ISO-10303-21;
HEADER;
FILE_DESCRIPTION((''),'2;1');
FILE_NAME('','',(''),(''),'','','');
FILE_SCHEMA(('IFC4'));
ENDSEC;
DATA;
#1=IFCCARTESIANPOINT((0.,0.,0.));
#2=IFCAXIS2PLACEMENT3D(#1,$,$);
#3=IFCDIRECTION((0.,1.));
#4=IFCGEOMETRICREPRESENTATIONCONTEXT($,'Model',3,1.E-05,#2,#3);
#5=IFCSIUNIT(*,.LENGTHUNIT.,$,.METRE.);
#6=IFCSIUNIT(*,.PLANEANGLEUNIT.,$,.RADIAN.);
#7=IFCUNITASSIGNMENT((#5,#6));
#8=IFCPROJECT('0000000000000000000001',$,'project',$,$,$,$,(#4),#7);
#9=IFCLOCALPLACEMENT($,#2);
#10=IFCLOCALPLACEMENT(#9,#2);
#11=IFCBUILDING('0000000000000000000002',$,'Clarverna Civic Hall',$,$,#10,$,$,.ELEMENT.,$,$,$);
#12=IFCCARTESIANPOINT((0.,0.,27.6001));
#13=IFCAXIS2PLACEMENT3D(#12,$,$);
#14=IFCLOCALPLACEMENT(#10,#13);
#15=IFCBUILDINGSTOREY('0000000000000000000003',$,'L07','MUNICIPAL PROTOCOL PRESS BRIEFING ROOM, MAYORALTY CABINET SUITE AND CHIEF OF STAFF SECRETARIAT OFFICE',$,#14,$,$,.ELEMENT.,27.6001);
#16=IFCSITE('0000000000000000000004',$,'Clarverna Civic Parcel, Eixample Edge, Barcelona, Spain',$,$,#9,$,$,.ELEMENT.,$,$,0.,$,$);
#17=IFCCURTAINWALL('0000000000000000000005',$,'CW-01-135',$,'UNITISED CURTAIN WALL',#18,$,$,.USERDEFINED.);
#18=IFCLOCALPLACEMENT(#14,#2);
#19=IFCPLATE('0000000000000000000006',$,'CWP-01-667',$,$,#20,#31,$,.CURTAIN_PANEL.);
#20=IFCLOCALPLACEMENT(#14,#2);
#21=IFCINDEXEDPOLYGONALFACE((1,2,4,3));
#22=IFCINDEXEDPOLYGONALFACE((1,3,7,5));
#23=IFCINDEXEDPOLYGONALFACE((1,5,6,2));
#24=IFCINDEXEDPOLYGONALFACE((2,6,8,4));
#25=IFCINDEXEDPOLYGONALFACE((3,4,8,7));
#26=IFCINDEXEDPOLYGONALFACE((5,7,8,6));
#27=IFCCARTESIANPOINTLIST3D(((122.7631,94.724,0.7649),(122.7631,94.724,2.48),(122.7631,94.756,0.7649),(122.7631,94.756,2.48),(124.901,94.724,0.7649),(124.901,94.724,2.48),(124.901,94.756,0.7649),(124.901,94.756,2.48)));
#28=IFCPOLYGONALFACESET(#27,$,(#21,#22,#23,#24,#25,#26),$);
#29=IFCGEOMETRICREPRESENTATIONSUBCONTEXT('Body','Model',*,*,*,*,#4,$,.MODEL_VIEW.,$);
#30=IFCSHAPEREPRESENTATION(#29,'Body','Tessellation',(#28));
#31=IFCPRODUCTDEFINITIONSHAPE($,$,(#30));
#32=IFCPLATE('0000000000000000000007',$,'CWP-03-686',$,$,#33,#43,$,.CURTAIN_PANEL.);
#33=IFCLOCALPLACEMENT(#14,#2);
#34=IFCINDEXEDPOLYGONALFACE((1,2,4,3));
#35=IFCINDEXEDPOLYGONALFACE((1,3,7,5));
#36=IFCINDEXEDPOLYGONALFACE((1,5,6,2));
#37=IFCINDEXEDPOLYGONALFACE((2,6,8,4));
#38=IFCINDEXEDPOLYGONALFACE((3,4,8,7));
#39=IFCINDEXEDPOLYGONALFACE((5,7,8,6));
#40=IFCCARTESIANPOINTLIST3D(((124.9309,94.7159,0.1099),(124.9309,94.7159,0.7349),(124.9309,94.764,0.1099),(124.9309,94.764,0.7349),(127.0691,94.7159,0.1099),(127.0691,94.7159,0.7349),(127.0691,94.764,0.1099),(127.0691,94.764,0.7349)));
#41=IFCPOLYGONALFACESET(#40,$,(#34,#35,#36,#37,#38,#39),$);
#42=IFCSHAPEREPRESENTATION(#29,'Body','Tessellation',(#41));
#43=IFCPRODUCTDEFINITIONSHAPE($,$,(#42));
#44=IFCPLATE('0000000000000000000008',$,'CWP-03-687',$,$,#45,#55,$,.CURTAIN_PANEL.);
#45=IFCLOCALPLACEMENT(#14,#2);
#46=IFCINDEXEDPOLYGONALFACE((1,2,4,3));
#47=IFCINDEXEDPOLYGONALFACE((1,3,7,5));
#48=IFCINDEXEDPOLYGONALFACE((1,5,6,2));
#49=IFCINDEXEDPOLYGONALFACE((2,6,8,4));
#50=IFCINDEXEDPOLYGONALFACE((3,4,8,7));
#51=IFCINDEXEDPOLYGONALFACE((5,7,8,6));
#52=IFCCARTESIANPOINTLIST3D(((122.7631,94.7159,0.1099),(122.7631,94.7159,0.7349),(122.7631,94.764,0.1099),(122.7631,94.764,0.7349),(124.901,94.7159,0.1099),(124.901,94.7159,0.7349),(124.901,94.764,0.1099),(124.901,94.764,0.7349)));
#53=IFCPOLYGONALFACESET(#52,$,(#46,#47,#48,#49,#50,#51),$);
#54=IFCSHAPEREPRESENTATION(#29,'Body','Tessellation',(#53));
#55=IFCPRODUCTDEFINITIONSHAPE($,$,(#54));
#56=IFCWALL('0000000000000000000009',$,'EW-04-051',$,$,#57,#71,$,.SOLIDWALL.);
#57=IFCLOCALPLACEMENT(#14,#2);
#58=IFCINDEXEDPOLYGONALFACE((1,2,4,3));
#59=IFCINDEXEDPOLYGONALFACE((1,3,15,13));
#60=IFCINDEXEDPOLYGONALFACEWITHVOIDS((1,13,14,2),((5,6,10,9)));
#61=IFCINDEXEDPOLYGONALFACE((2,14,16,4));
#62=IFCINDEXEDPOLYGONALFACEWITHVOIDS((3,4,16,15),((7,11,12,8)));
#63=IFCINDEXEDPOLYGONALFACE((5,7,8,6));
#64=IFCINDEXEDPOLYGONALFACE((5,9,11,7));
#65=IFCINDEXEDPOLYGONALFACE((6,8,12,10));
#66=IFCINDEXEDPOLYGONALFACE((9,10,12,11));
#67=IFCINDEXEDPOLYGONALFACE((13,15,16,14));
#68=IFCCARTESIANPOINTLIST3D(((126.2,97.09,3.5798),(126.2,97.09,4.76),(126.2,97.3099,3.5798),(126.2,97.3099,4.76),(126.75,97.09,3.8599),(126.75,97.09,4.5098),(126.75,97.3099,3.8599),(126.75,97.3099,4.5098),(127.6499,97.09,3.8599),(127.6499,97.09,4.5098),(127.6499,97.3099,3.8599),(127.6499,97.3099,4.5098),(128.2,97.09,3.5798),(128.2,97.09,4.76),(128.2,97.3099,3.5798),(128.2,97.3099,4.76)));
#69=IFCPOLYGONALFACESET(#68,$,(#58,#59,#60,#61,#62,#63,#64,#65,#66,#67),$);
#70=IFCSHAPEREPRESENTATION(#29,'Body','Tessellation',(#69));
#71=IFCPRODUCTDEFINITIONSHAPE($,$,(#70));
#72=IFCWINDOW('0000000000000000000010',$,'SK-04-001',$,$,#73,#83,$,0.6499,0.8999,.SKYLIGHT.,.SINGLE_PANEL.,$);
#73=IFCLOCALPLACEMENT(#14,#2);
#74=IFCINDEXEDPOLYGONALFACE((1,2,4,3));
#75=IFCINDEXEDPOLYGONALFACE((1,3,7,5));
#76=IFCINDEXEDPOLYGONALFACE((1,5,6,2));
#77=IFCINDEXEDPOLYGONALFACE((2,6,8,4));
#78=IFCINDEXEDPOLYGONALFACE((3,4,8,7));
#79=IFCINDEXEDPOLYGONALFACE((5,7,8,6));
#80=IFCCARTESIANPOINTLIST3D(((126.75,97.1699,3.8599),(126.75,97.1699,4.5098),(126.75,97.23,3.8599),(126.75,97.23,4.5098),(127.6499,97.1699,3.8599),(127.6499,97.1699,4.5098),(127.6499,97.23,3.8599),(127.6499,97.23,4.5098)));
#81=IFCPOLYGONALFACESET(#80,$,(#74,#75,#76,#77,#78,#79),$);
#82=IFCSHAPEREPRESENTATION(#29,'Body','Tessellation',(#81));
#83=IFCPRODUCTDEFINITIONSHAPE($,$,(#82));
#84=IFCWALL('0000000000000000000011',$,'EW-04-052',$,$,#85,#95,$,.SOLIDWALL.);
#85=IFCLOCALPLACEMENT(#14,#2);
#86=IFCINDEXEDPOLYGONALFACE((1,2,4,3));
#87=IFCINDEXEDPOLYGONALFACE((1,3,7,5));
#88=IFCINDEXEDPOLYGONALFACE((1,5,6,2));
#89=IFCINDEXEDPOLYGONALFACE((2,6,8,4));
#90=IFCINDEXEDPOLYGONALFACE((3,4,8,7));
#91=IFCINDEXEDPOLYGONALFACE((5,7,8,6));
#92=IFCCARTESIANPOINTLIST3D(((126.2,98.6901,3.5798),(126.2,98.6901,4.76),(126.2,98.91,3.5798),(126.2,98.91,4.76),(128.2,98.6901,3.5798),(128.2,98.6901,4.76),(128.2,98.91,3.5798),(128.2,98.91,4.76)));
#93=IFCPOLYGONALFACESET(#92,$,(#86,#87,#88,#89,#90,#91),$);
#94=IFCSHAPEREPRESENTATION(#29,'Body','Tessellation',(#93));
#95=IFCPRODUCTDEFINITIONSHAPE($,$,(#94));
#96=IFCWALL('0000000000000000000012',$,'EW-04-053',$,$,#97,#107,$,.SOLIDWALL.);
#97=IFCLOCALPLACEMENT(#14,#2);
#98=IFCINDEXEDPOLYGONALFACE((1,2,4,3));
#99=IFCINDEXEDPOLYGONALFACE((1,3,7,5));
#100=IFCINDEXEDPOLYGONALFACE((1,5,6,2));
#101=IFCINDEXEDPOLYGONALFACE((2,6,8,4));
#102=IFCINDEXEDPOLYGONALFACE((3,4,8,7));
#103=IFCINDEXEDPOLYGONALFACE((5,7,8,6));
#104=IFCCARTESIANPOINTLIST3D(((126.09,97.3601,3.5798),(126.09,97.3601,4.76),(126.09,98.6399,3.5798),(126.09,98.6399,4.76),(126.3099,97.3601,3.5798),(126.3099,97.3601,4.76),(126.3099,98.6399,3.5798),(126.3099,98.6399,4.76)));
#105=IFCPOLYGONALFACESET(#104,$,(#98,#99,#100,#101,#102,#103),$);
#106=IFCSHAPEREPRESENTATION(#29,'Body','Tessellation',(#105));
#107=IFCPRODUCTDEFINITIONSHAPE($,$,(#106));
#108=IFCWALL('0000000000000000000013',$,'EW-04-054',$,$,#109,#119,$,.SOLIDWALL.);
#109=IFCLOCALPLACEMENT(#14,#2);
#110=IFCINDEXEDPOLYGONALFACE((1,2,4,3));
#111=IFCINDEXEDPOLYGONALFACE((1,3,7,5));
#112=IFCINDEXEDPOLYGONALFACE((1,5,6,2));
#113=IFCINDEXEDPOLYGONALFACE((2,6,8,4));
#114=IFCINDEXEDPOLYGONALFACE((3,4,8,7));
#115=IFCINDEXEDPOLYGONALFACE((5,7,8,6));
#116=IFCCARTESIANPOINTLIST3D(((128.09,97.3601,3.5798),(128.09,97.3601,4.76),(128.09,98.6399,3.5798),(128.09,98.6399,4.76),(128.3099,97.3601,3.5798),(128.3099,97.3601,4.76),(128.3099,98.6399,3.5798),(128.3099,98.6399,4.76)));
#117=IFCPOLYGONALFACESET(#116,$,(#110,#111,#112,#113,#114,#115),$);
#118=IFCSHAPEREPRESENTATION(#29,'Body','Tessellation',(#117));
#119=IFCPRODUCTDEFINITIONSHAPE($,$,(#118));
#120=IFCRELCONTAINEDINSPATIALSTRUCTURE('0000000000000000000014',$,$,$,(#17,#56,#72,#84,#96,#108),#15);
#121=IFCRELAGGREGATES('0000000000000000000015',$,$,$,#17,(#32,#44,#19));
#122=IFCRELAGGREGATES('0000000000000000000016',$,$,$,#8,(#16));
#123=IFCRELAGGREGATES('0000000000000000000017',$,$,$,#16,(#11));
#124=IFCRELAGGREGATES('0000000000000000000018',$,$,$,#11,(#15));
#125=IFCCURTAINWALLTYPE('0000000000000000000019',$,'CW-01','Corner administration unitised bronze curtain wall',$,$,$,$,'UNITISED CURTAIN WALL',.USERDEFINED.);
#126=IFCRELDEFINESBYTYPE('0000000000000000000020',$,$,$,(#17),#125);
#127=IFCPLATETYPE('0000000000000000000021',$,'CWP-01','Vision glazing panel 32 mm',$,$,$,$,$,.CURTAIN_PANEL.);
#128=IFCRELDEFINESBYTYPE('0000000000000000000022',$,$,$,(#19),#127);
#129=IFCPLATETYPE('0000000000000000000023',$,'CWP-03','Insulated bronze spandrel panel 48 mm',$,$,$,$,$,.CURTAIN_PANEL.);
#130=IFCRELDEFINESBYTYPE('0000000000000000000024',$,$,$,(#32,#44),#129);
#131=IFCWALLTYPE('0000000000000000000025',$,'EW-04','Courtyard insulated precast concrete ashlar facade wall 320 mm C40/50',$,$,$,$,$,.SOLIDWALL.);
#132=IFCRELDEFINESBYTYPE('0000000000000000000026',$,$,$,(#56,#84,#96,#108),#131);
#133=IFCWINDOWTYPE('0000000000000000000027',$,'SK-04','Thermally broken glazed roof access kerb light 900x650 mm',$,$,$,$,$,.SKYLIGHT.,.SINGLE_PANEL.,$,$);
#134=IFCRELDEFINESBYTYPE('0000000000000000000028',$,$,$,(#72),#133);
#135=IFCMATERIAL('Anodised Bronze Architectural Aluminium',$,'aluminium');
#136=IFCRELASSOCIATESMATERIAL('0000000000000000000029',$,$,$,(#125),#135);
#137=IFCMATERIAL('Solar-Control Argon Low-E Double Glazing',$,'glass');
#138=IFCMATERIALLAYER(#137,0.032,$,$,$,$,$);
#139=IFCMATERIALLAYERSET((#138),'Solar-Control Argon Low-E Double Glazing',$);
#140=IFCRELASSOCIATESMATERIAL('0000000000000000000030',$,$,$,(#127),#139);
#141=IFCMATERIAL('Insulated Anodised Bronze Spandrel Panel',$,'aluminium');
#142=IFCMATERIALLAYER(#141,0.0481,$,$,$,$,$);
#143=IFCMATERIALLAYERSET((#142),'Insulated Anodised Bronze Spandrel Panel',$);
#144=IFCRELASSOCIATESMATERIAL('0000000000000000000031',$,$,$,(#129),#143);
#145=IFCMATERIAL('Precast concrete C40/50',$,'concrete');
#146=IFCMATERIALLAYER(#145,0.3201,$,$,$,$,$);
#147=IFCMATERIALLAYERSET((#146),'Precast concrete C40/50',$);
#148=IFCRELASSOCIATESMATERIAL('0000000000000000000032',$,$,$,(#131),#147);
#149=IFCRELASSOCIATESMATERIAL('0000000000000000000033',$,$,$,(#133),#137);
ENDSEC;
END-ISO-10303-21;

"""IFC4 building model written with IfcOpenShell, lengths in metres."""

from ifc_helpers import new_model, si_unit, direction, frame, frame_2d, origin, place, context, subcontext, project, spatial, rectangle, extrude, material, layer, layer_set, type_object, element, fill, aggregate, save


model = new_model("IFC4")

# Units and contexts
model_context = context("Model", 3, precision=1e-05, world=origin(), true_north=direction((0.0, 1.0)))
body_context = subcontext(model_context, "Body", "Model", "MODEL_VIEW")
ifc_project = project(units=[si_unit("LENGTHUNIT", "METRE"), si_unit("PLANEANGLEUNIT", "RADIAN")], contexts=[model_context])

# Site, building, storey
site_placement = place(None, origin())
site = spatial("IfcSite", under=ifc_project, at=site_placement, Name="Clarverna Civic Parcel, Eixample Edge, Barcelona, Spain", CompositionType="ELEMENT", RefElevation=0.0)
building_placement = place(site_placement, origin())
building = spatial("IfcBuilding", under=site, at=building_placement, Name="Clarverna Civic Hall", CompositionType="ELEMENT")
storey_placement = place(building_placement, frame((0.0, 0.0, 27.6001)))
storey = spatial("IfcBuildingStorey", under=building, at=storey_placement, Name="L07", Description="MUNICIPAL PROTOCOL PRESS BRIEFING ROOM, MAYORALTY CABINET SUITE AND CHIEF OF STAFF SECRETARIAT OFFICE", CompositionType="ELEMENT", Elevation=27.6001)

# Curtain wall
ifc_material_1 = material(Name="Anodised Bronze Architectural Aluminium", Category="aluminium")
curtain_wall_type = type_object("IfcCurtainWallType", Name="CW-01", Description="Corner administration unitised bronze curtain wall", ElementType="UNITISED CURTAIN WALL", PredefinedType="USERDEFINED", material=ifc_material_1)
curtain_wall_placement = place(storey_placement, origin())
curtain_wall = element("IfcCurtainWall", 1, at=curtain_wall_placement, inside=storey, type_object=curtain_wall_type, Name="CW-01-135", ObjectType="UNITISED CURTAIN WALL", PredefinedType="USERDEFINED")

# Plates
ifc_material_2 = material(Name="Solar-Control Argon Low-E Double Glazing", Category="glass")
ifc_layer_1 = layer(ifc_material_2, 0.032)
ifc_layer_set_1 = layer_set([ifc_layer_1], Name="Solar-Control Argon Low-E Double Glazing")
plate_type_1 = type_object("IfcPlateType", Name="CWP-01", Description="Vision glazing panel 32 mm", PredefinedType="CURTAIN_PANEL", material=ifc_layer_set_1)
plate_1_placement = place(storey_placement, frame((124.9009, 94.74, 0.7649), z_axis=(0.0, 0.0, 1.0), x_axis=(-1.0, 0.0, 0.0)))
plate_1 = element("IfcPlate", 2, at=plate_1_placement, type_object=plate_type_1, Name="CWP-01-667", PredefinedType="CURTAIN_PANEL", context=body_context, shape_type="SweptSolid", body=[
    extrude(rectangle(XDim=2.1379, YDim=0.032, at=frame_2d((1.0688, 0.0))), origin(), (0.0, 0.0, 1.0), 1.7151),
])
ifc_material_3 = material(Name="Insulated Anodised Bronze Spandrel Panel", Category="aluminium")
ifc_layer_2 = layer(ifc_material_3, 0.0481)
ifc_layer_set_2 = layer_set([ifc_layer_2], Name="Insulated Anodised Bronze Spandrel Panel")
plate_type_2 = type_object("IfcPlateType", Name="CWP-03", Description="Insulated bronze spandrel panel 48 mm", PredefinedType="CURTAIN_PANEL", material=ifc_layer_set_2)
plate_2_placement = place(storey_placement, frame((127.0691, 94.74, 0.1099), z_axis=(0.0, 0.0, 1.0), x_axis=(-1.0, 0.0, 0.0)))
plate_2 = element("IfcPlate", 3, at=plate_2_placement, type_object=plate_type_2, Name="CWP-03-686", PredefinedType="CURTAIN_PANEL", context=body_context, shape_type="SweptSolid", body=[
    extrude(rectangle(XDim=2.1382, YDim=0.0481, at=frame_2d((1.0691, 0.0))), origin(), (0.0, 0.0, 1.0), 0.625),
])
plate_3_placement = place(storey_placement, frame((124.9009, 94.74, 0.1099), z_axis=(0.0, 0.0, 1.0), x_axis=(-1.0, 0.0, 0.0)))
plate_3 = element("IfcPlate", 4, at=plate_3_placement, type_object=plate_type_2, Name="CWP-03-687", PredefinedType="CURTAIN_PANEL", context=body_context, shape_type="SweptSolid", body=[
    extrude(rectangle(XDim=2.1379, YDim=0.0481, at=frame_2d((1.0688, 0.0))), origin(), (0.0, 0.0, 1.0), 0.625),
])
aggregate(curtain_wall, [plate_2, plate_3, plate_1])

# Wall, opening, window
ifc_material_4 = material(Name="Precast concrete C40/50", Category="concrete")
ifc_layer_3 = layer(ifc_material_4, 0.3201)
ifc_layer_set_3 = layer_set([ifc_layer_3], Name="Precast concrete C40/50")
wall_type = type_object("IfcWallType", Name="EW-04", Description="Courtyard insulated precast concrete ashlar facade wall 320 mm C40/50", PredefinedType="SOLIDWALL", material=ifc_layer_set_3)
wall_1_placement = place(storey_placement, frame((126.2, 97.2, 3.5798), z_axis=(0.0, 0.0, 1.0), x_axis=(1.0, 0.0, 0.0)))
wall_1 = element("IfcWall", 5, at=wall_1_placement, inside=storey, type_object=wall_type, Name="EW-04-051", PredefinedType="SOLIDWALL", context=body_context, shape_type="SweptSolid", body=[
    extrude(rectangle(XDim=2.0, YDim=0.22, at=frame_2d((1.0, 0.0))), origin(), (0.0, 0.0, 1.0), 1.1802),
])
opening_placement = place(wall_1_placement, frame((0.55, 0.0, 0.28)))
opening = element("IfcOpeningElement", 6, at=opening_placement, cuts=wall_1, PredefinedType="OPENING", context=body_context, shape_type="SweptSolid", body=[
    extrude(rectangle(XDim=0.8999, YDim=0.6499, at=frame_2d((0.45, 0.325))), frame((0.0, 0.1199, 0.0), z_axis=(0.0, -1.0, 0.0), x_axis=(1.0, 0.0, 0.0)), (0.0, 0.0, 1.0), 0.24),
])
window_type = type_object("IfcWindowType", Name="SK-04", Description="Thermally broken glazed roof access kerb light 900x650 mm", PartitioningType="SINGLE_PANEL", PredefinedType="SKYLIGHT", material=ifc_material_2)
window_placement = place(opening_placement, origin())
window = element("IfcWindow", 7, at=window_placement, inside=storey, type_object=window_type, Name="SK-04-001", OverallHeight=0.6499, OverallWidth=0.8999, PartitioningType="SINGLE_PANEL", PredefinedType="SKYLIGHT", context=body_context, shape_type="SweptSolid", body=[
    extrude(rectangle(XDim=0.8999, YDim=0.6499, at=frame_2d((0.45, 0.325))), frame((0.0, 0.03, 0.0), z_axis=(0.0, -1.0, 0.0), x_axis=(1.0, 0.0, 0.0)), (0.0, 0.0, 1.0), 0.0601),
])
fill(opening, window)

# Walls
wall_2_placement = place(storey_placement, frame((126.2, 98.8, 3.5798), z_axis=(0.0, 0.0, 1.0), x_axis=(1.0, 0.0, 0.0)))
element("IfcWall", 8, at=wall_2_placement, inside=storey, type_object=wall_type, Name="EW-04-052", PredefinedType="SOLIDWALL", context=body_context, shape_type="SweptSolid", body=[
    extrude(rectangle(XDim=2.0, YDim=0.22, at=frame_2d((1.0, 0.0))), origin(), (0.0, 0.0, 1.0), 1.1802),
])
for number, where, z_axis, x_axis, name in (
    (9, (126.2, 97.3601, 3.5798), (0.0, 0.0, 1.0), (0.0, 1.0, 0.0), "EW-04-053"),
    (10, (128.2, 97.3601, 3.5798), (0.0, 0.0, 1.0), (0.0, 1.0, 0.0), "EW-04-054"),
):
    element("IfcWall", number, at=place(storey_placement, frame(where, z_axis=z_axis, x_axis=x_axis)), inside=storey, type_object=wall_type, Name=name, PredefinedType="SOLIDWALL", context=body_context, shape_type="SweptSolid", body=[
        extrude(rectangle(XDim=1.2798, YDim=0.22, at=frame_2d((0.6399, 0.0))), origin(), (0.0, 0.0, 1.0), 1.1802),
    ])

save(model, "model.ifc")
